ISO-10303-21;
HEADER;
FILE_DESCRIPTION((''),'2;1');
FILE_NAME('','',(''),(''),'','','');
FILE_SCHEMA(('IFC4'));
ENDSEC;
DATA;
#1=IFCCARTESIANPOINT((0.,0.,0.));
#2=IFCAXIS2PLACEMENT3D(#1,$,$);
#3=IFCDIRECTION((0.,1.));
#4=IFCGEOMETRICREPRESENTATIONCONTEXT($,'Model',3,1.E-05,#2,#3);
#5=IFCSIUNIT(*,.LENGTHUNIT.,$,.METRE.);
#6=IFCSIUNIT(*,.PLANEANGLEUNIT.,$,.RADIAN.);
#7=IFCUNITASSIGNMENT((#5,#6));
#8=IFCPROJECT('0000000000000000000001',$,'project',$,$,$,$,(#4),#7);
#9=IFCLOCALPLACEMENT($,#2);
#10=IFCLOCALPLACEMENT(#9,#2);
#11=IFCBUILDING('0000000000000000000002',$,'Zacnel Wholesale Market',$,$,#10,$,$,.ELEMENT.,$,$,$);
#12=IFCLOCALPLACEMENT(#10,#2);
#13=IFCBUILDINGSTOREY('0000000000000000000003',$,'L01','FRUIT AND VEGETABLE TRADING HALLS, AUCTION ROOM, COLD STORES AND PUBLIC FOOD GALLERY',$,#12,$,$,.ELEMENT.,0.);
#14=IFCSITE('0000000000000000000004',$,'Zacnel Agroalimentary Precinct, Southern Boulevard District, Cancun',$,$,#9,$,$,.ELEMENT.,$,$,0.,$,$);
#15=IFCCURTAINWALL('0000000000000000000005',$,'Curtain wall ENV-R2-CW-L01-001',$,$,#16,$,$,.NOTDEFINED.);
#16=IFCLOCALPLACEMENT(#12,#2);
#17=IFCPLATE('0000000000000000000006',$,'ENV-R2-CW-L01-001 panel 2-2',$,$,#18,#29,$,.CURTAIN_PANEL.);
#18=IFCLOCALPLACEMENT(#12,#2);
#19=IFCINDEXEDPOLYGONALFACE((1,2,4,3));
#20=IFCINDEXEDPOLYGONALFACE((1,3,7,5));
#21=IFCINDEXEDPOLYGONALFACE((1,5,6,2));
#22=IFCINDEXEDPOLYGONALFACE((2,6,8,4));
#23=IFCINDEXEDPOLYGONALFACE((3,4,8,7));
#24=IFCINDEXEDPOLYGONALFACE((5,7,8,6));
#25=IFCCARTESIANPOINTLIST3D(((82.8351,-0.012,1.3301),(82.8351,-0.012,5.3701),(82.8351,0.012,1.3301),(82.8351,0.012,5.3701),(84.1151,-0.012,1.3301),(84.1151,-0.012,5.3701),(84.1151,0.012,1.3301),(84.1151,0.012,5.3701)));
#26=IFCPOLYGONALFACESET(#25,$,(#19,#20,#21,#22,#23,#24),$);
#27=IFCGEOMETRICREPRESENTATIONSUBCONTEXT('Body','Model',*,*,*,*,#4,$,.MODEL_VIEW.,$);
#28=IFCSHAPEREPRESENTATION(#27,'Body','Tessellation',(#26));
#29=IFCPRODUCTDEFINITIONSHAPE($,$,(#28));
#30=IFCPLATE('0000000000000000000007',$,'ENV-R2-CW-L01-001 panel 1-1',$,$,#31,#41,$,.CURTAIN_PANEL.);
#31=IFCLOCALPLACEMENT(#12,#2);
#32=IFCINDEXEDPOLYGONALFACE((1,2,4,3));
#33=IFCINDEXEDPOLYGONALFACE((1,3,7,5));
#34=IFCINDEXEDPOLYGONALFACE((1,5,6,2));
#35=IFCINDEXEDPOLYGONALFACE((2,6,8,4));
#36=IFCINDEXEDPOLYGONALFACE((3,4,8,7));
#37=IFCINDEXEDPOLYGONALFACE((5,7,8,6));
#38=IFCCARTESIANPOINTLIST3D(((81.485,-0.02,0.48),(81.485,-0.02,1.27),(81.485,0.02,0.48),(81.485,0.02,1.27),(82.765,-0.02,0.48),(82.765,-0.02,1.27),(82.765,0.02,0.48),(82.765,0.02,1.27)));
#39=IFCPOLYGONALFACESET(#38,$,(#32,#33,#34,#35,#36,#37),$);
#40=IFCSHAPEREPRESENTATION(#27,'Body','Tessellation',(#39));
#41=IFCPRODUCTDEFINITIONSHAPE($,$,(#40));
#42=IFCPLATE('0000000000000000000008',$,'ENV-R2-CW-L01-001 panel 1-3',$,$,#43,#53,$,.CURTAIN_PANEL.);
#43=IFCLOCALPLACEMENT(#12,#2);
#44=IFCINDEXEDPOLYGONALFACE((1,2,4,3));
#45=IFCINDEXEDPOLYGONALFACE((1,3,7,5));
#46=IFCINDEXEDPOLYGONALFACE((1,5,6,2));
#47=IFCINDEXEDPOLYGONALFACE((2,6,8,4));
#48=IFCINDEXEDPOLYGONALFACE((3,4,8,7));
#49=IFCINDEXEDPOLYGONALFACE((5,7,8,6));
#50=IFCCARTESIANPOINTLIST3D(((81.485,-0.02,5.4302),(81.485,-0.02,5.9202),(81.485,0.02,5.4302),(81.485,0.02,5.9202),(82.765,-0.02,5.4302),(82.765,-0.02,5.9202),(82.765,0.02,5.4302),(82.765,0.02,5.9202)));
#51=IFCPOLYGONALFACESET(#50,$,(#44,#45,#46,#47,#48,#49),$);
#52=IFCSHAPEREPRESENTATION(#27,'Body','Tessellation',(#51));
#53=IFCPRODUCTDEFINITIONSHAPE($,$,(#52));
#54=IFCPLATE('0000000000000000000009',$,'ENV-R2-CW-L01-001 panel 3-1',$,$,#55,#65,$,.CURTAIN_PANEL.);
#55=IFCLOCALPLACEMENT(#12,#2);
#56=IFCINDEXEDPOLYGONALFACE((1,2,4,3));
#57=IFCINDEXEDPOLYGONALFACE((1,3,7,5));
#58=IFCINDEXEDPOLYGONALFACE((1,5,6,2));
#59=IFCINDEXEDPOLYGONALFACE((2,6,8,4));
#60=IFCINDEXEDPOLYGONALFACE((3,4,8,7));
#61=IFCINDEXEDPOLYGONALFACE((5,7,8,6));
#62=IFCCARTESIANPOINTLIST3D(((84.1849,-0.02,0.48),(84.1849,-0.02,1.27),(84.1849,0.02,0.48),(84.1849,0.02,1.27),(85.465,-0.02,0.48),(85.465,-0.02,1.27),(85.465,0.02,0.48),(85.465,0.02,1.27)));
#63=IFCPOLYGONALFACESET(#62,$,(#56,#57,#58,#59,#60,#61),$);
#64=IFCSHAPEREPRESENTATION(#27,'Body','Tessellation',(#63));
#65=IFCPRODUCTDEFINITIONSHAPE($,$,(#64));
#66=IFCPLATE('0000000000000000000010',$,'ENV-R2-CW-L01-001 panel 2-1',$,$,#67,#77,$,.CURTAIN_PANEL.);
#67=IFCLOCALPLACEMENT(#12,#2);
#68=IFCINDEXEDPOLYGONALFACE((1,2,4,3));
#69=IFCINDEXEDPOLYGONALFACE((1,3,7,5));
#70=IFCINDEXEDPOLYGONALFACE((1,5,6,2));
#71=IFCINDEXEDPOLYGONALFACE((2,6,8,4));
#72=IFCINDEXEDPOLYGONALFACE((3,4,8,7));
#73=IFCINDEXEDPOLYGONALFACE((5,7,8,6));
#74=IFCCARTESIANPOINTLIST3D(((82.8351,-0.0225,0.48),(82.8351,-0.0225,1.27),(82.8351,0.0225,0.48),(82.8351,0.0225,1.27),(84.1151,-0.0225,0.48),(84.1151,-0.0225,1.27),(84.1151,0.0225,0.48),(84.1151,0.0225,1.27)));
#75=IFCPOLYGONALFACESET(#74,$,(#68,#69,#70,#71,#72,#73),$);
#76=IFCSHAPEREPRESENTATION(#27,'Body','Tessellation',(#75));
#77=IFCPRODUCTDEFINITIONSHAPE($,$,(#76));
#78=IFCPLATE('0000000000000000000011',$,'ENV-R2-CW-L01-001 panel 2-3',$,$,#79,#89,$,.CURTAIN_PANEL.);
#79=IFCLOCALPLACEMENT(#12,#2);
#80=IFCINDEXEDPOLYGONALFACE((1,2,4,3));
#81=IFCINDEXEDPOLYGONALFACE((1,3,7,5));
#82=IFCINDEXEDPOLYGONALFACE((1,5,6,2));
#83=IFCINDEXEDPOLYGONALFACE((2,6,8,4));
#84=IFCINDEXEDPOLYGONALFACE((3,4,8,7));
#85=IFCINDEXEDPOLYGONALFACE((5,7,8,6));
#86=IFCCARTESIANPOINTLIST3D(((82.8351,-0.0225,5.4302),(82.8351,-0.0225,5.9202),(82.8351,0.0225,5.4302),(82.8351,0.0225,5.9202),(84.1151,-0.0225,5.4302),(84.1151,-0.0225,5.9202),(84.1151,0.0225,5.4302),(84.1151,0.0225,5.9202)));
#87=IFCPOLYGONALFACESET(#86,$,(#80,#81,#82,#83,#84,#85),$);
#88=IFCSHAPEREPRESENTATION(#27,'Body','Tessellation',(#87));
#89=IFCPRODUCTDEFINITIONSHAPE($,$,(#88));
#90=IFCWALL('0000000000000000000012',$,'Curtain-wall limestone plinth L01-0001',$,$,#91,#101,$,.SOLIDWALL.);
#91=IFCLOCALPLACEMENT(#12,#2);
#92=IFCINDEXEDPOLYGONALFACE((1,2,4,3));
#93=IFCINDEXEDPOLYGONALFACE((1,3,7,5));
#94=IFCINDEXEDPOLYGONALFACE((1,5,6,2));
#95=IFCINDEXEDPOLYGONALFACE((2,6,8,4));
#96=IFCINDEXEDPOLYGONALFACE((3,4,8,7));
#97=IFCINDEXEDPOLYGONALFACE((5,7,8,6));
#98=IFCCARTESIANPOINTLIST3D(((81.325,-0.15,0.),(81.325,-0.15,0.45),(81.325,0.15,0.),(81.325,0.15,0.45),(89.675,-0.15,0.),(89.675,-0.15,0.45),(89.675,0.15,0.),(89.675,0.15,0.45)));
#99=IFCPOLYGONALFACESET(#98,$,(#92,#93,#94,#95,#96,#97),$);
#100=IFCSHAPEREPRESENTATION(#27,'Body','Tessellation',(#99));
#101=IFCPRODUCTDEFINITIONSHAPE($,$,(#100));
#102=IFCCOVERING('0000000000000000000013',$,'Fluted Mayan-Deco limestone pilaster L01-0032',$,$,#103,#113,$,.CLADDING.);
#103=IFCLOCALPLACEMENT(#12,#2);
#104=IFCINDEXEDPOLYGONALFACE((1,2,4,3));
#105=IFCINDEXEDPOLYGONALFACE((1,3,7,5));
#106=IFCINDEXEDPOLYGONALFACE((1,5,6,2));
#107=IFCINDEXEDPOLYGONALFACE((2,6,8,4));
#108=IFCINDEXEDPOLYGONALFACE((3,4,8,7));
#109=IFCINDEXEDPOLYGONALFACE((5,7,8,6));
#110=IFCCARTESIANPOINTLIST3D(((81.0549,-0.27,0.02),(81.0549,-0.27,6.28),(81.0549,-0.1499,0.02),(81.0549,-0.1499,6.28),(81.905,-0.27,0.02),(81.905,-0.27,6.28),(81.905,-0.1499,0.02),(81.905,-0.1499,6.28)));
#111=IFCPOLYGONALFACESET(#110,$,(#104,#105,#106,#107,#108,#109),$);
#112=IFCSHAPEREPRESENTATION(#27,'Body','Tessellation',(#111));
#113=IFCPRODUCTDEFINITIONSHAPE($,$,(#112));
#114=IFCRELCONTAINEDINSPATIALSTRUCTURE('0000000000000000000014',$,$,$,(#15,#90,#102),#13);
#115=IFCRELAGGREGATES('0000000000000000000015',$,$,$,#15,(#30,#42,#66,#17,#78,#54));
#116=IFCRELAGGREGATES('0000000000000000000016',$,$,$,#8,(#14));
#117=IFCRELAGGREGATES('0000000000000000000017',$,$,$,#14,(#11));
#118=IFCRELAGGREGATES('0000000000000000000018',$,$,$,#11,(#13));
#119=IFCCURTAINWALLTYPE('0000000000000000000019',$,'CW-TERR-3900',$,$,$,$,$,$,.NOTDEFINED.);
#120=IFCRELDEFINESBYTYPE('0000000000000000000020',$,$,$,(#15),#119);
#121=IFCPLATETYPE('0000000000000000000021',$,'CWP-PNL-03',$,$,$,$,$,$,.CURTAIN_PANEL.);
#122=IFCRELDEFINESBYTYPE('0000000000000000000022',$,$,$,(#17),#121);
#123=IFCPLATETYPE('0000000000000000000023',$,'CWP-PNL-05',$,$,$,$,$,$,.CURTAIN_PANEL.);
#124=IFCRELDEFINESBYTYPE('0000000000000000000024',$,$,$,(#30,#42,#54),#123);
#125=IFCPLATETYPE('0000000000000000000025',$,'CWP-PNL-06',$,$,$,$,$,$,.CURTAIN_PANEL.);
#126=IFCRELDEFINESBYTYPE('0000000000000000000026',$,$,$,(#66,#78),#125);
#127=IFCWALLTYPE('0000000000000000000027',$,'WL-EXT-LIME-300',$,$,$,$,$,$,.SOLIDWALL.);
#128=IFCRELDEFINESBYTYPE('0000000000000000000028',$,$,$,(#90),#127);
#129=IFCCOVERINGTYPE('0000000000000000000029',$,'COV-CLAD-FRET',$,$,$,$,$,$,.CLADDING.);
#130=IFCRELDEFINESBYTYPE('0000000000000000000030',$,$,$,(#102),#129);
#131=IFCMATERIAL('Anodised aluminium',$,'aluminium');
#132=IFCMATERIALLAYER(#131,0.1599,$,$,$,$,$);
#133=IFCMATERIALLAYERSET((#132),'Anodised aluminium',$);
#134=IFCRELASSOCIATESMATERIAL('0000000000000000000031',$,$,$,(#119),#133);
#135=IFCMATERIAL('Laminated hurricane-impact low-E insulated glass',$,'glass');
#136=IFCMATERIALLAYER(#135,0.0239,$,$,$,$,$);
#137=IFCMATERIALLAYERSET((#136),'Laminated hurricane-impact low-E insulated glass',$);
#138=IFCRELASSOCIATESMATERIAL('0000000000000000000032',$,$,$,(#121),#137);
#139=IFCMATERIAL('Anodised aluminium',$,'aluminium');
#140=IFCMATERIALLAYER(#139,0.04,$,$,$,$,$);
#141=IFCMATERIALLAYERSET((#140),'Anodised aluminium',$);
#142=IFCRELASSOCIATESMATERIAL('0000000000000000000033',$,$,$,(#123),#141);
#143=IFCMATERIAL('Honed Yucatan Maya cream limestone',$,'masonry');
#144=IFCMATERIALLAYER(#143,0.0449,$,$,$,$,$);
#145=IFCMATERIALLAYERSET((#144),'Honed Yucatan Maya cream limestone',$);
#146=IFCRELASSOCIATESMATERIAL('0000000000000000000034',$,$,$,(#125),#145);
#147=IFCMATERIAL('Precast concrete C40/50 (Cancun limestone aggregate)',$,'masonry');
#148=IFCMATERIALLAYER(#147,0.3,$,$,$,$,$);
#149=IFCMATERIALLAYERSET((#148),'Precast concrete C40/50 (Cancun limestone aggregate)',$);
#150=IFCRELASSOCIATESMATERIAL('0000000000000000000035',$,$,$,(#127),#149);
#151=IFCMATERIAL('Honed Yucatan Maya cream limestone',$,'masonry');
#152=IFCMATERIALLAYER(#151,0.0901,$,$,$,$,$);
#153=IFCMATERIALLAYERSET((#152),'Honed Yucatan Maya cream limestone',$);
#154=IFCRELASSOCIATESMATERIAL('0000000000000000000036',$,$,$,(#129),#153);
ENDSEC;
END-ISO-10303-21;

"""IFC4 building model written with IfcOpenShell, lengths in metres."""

from ifc_helpers import new_model, si_unit, direction, frame, frame_2d, origin, origin_2d, place, context, subcontext, project, spatial, rectangle, extrude, material, layer, layer_set, type_object, element, aggregate, save


model = new_model("IFC4")

# Units and contexts
model_context = context("Model", 3, precision=1e-05, world=origin(), true_north=direction((0.0, 1.0)))
body_context = subcontext(model_context, "Body", "Model", "MODEL_VIEW")
ifc_project = project(units=[si_unit("LENGTHUNIT", "METRE"), si_unit("PLANEANGLEUNIT", "RADIAN")], contexts=[model_context])

# Site, building, storey
site_placement = place(None, origin())
site = spatial("IfcSite", under=ifc_project, at=site_placement, Name="Zacnel Agroalimentary Precinct, Southern Boulevard District, Cancun", CompositionType="ELEMENT", RefElevation=0.0)
building_placement = place(site_placement, origin())
building = spatial("IfcBuilding", under=site, at=building_placement, Name="Zacnel Wholesale Market", CompositionType="ELEMENT")
storey_placement = place(building_placement, origin())
storey = spatial("IfcBuildingStorey", under=building, at=storey_placement, Name="L01", Description="FRUIT AND VEGETABLE TRADING HALLS, AUCTION ROOM, COLD STORES AND PUBLIC FOOD GALLERY", CompositionType="ELEMENT", Elevation=0.0)

# Curtain wall, plates
ifc_material_1 = material(Name="Anodised aluminium", Category="aluminium")
ifc_layer_1 = layer(ifc_material_1, 0.1599)
ifc_layer_set_1 = layer_set([ifc_layer_1], Name="Anodised aluminium")
curtain_wall_type = type_object("IfcCurtainWallType", Name="CW-TERR-3900", PredefinedType="NOTDEFINED", material=ifc_layer_set_1)
curtain_wall_placement = place(storey_placement, origin())
curtain_wall = element("IfcCurtainWall", 1, at=curtain_wall_placement, inside=storey, type_object=curtain_wall_type, Name="Curtain wall ENV-R2-CW-L01-001", PredefinedType="NOTDEFINED")
ifc_material_2 = material(Name="Laminated hurricane-impact low-E insulated glass", Category="glass")
ifc_layer_2 = layer(ifc_material_2, 0.0239)
ifc_layer_set_2 = layer_set([ifc_layer_2], Name="Laminated hurricane-impact low-E insulated glass")
plate_type_1 = type_object("IfcPlateType", Name="CWP-PNL-03", PredefinedType="CURTAIN_PANEL", material=ifc_layer_set_2)
plate_1_placement = place(storey_placement, frame((83.4751, 0.0, 1.3301), z_axis=(0.0, 0.0, 1.0), x_axis=(1.0, 0.0, 0.0)))
plate_1 = element("IfcPlate", 2, at=plate_1_placement, type_object=plate_type_1, Name="ENV-R2-CW-L01-001 panel 2-2", PredefinedType="CURTAIN_PANEL", context=body_context, shape_type="SweptSolid", body=[
    extrude(rectangle(XDim=1.28, YDim=0.0239, at=origin_2d()), origin(), (0.0, 0.0, 1.0), 4.04),
])
ifc_material_3 = material(Name="Anodised aluminium", Category="aluminium")
ifc_layer_3 = layer(ifc_material_3, 0.04)
ifc_layer_set_3 = layer_set([ifc_layer_3], Name="Anodised aluminium")
plate_type_2 = type_object("IfcPlateType", Name="CWP-PNL-05", PredefinedType="CURTAIN_PANEL", material=ifc_layer_set_3)
plate_2_placement = place(storey_placement, frame((82.125, 0.0, 0.48), z_axis=(0.0, 0.0, 1.0), x_axis=(1.0, 0.0, 0.0)))
plate_2 = element("IfcPlate", 3, at=plate_2_placement, type_object=plate_type_2, Name="ENV-R2-CW-L01-001 panel 1-1", PredefinedType="CURTAIN_PANEL", context=body_context, shape_type="SweptSolid", body=[
    extrude(rectangle(XDim=1.28, YDim=0.04, at=origin_2d()), origin(), (0.0, 0.0, 1.0), 0.79),
])
plate_3_placement = place(storey_placement, frame((82.125, 0.0, 5.4302), z_axis=(0.0, 0.0, 1.0), x_axis=(1.0, 0.0, 0.0)))
plate_3 = element("IfcPlate", 4, at=plate_3_placement, type_object=plate_type_2, Name="ENV-R2-CW-L01-001 panel 1-3", PredefinedType="CURTAIN_PANEL", context=body_context, shape_type="SweptSolid", body=[
    extrude(rectangle(XDim=1.28, YDim=0.04, at=origin_2d()), origin(), (0.0, 0.0, 1.0), 0.49),
])
plate_4_placement = place(storey_placement, frame((84.825, 0.0, 0.48), z_axis=(0.0, 0.0, 1.0), x_axis=(1.0, 0.0, 0.0)))
plate_4 = element("IfcPlate", 5, at=plate_4_placement, type_object=plate_type_2, Name="ENV-R2-CW-L01-001 panel 3-1", PredefinedType="CURTAIN_PANEL", context=body_context, shape_type="SweptSolid", body=[
    extrude(rectangle(XDim=1.28, YDim=0.04, at=origin_2d()), origin(), (0.0, 0.0, 1.0), 0.79),
])
ifc_material_4 = material(Name="Honed Yucatan Maya cream limestone", Category="masonry")
ifc_layer_4 = layer(ifc_material_4, 0.0449)
ifc_layer_set_4 = layer_set([ifc_layer_4], Name="Honed Yucatan Maya cream limestone")
plate_type_3 = type_object("IfcPlateType", Name="CWP-PNL-06", PredefinedType="CURTAIN_PANEL", material=ifc_layer_set_4)
plate_5_placement = place(storey_placement, frame((83.4751, 0.0, 0.48), z_axis=(0.0, 0.0, 1.0), x_axis=(1.0, 0.0, 0.0)))
plate_5 = element("IfcPlate", 6, at=plate_5_placement, type_object=plate_type_3, Name="ENV-R2-CW-L01-001 panel 2-1", PredefinedType="CURTAIN_PANEL", context=body_context, shape_type="SweptSolid", body=[
    extrude(rectangle(XDim=1.28, YDim=0.0449, at=origin_2d()), origin(), (0.0, 0.0, 1.0), 0.79),
])
plate_6_placement = place(storey_placement, frame((83.4751, 0.0, 5.4302), z_axis=(0.0, 0.0, 1.0), x_axis=(1.0, 0.0, 0.0)))
plate_6 = element("IfcPlate", 7, at=plate_6_placement, type_object=plate_type_3, Name="ENV-R2-CW-L01-001 panel 2-3", PredefinedType="CURTAIN_PANEL", context=body_context, shape_type="SweptSolid", body=[
    extrude(rectangle(XDim=1.28, YDim=0.0449, at=origin_2d()), origin(), (0.0, 0.0, 1.0), 0.49),
])
aggregate(curtain_wall, [plate_2, plate_3, plate_5, plate_1, plate_6, plate_4])

# Wall
ifc_material_5 = material(Name="Precast concrete C40/50 (Cancun limestone aggregate)", Category="masonry")
ifc_layer_5 = layer(ifc_material_5, 0.3)
ifc_layer_set_5 = layer_set([ifc_layer_5], Name="Precast concrete C40/50 (Cancun limestone aggregate)")
wall_type = type_object("IfcWallType", Name="WL-EXT-LIME-300", PredefinedType="SOLIDWALL", material=ifc_layer_set_5)
wall_placement = place(storey_placement, frame((81.325, 0.0, 0.0), z_axis=(0.0, 0.0, 1.0), x_axis=(1.0, 0.0, 0.0)))
element("IfcWall", 8, at=wall_placement, inside=storey, type_object=wall_type, Name="Curtain-wall limestone plinth L01-0001", PredefinedType="SOLIDWALL", context=body_context, shape_type="SweptSolid", body=[
    extrude(rectangle(XDim=8.3501, YDim=0.3, at=frame_2d((4.175, 0.0))), origin(), (0.0, 0.0, 1.0), 0.45),
])

# Covering
ifc_material_6 = material(Name="Honed Yucatan Maya cream limestone", Category="masonry")
ifc_layer_6 = layer(ifc_material_6, 0.0901)
ifc_layer_set_6 = layer_set([ifc_layer_6], Name="Honed Yucatan Maya cream limestone")
covering_type = type_object("IfcCoveringType", Name="COV-CLAD-FRET", PredefinedType="CLADDING", material=ifc_layer_set_6)
covering_placement = place(storey_placement, frame((81.48, -0.21, 0.02), z_axis=(0.0, 0.0, 1.0), x_axis=(1.0, 0.0, 0.0)))
element("IfcCovering", 9, at=covering_placement, inside=storey, type_object=covering_type, Name="Fluted Mayan-Deco limestone pilaster L01-0032", PredefinedType="CLADDING", context=body_context, shape_type="SweptSolid", body=[
    extrude(rectangle(XDim=0.8501, YDim=0.1201, at=origin_2d()), origin(), (0.0, 0.0, 1.0), 6.26),
])

save(model, "model.ifc")
